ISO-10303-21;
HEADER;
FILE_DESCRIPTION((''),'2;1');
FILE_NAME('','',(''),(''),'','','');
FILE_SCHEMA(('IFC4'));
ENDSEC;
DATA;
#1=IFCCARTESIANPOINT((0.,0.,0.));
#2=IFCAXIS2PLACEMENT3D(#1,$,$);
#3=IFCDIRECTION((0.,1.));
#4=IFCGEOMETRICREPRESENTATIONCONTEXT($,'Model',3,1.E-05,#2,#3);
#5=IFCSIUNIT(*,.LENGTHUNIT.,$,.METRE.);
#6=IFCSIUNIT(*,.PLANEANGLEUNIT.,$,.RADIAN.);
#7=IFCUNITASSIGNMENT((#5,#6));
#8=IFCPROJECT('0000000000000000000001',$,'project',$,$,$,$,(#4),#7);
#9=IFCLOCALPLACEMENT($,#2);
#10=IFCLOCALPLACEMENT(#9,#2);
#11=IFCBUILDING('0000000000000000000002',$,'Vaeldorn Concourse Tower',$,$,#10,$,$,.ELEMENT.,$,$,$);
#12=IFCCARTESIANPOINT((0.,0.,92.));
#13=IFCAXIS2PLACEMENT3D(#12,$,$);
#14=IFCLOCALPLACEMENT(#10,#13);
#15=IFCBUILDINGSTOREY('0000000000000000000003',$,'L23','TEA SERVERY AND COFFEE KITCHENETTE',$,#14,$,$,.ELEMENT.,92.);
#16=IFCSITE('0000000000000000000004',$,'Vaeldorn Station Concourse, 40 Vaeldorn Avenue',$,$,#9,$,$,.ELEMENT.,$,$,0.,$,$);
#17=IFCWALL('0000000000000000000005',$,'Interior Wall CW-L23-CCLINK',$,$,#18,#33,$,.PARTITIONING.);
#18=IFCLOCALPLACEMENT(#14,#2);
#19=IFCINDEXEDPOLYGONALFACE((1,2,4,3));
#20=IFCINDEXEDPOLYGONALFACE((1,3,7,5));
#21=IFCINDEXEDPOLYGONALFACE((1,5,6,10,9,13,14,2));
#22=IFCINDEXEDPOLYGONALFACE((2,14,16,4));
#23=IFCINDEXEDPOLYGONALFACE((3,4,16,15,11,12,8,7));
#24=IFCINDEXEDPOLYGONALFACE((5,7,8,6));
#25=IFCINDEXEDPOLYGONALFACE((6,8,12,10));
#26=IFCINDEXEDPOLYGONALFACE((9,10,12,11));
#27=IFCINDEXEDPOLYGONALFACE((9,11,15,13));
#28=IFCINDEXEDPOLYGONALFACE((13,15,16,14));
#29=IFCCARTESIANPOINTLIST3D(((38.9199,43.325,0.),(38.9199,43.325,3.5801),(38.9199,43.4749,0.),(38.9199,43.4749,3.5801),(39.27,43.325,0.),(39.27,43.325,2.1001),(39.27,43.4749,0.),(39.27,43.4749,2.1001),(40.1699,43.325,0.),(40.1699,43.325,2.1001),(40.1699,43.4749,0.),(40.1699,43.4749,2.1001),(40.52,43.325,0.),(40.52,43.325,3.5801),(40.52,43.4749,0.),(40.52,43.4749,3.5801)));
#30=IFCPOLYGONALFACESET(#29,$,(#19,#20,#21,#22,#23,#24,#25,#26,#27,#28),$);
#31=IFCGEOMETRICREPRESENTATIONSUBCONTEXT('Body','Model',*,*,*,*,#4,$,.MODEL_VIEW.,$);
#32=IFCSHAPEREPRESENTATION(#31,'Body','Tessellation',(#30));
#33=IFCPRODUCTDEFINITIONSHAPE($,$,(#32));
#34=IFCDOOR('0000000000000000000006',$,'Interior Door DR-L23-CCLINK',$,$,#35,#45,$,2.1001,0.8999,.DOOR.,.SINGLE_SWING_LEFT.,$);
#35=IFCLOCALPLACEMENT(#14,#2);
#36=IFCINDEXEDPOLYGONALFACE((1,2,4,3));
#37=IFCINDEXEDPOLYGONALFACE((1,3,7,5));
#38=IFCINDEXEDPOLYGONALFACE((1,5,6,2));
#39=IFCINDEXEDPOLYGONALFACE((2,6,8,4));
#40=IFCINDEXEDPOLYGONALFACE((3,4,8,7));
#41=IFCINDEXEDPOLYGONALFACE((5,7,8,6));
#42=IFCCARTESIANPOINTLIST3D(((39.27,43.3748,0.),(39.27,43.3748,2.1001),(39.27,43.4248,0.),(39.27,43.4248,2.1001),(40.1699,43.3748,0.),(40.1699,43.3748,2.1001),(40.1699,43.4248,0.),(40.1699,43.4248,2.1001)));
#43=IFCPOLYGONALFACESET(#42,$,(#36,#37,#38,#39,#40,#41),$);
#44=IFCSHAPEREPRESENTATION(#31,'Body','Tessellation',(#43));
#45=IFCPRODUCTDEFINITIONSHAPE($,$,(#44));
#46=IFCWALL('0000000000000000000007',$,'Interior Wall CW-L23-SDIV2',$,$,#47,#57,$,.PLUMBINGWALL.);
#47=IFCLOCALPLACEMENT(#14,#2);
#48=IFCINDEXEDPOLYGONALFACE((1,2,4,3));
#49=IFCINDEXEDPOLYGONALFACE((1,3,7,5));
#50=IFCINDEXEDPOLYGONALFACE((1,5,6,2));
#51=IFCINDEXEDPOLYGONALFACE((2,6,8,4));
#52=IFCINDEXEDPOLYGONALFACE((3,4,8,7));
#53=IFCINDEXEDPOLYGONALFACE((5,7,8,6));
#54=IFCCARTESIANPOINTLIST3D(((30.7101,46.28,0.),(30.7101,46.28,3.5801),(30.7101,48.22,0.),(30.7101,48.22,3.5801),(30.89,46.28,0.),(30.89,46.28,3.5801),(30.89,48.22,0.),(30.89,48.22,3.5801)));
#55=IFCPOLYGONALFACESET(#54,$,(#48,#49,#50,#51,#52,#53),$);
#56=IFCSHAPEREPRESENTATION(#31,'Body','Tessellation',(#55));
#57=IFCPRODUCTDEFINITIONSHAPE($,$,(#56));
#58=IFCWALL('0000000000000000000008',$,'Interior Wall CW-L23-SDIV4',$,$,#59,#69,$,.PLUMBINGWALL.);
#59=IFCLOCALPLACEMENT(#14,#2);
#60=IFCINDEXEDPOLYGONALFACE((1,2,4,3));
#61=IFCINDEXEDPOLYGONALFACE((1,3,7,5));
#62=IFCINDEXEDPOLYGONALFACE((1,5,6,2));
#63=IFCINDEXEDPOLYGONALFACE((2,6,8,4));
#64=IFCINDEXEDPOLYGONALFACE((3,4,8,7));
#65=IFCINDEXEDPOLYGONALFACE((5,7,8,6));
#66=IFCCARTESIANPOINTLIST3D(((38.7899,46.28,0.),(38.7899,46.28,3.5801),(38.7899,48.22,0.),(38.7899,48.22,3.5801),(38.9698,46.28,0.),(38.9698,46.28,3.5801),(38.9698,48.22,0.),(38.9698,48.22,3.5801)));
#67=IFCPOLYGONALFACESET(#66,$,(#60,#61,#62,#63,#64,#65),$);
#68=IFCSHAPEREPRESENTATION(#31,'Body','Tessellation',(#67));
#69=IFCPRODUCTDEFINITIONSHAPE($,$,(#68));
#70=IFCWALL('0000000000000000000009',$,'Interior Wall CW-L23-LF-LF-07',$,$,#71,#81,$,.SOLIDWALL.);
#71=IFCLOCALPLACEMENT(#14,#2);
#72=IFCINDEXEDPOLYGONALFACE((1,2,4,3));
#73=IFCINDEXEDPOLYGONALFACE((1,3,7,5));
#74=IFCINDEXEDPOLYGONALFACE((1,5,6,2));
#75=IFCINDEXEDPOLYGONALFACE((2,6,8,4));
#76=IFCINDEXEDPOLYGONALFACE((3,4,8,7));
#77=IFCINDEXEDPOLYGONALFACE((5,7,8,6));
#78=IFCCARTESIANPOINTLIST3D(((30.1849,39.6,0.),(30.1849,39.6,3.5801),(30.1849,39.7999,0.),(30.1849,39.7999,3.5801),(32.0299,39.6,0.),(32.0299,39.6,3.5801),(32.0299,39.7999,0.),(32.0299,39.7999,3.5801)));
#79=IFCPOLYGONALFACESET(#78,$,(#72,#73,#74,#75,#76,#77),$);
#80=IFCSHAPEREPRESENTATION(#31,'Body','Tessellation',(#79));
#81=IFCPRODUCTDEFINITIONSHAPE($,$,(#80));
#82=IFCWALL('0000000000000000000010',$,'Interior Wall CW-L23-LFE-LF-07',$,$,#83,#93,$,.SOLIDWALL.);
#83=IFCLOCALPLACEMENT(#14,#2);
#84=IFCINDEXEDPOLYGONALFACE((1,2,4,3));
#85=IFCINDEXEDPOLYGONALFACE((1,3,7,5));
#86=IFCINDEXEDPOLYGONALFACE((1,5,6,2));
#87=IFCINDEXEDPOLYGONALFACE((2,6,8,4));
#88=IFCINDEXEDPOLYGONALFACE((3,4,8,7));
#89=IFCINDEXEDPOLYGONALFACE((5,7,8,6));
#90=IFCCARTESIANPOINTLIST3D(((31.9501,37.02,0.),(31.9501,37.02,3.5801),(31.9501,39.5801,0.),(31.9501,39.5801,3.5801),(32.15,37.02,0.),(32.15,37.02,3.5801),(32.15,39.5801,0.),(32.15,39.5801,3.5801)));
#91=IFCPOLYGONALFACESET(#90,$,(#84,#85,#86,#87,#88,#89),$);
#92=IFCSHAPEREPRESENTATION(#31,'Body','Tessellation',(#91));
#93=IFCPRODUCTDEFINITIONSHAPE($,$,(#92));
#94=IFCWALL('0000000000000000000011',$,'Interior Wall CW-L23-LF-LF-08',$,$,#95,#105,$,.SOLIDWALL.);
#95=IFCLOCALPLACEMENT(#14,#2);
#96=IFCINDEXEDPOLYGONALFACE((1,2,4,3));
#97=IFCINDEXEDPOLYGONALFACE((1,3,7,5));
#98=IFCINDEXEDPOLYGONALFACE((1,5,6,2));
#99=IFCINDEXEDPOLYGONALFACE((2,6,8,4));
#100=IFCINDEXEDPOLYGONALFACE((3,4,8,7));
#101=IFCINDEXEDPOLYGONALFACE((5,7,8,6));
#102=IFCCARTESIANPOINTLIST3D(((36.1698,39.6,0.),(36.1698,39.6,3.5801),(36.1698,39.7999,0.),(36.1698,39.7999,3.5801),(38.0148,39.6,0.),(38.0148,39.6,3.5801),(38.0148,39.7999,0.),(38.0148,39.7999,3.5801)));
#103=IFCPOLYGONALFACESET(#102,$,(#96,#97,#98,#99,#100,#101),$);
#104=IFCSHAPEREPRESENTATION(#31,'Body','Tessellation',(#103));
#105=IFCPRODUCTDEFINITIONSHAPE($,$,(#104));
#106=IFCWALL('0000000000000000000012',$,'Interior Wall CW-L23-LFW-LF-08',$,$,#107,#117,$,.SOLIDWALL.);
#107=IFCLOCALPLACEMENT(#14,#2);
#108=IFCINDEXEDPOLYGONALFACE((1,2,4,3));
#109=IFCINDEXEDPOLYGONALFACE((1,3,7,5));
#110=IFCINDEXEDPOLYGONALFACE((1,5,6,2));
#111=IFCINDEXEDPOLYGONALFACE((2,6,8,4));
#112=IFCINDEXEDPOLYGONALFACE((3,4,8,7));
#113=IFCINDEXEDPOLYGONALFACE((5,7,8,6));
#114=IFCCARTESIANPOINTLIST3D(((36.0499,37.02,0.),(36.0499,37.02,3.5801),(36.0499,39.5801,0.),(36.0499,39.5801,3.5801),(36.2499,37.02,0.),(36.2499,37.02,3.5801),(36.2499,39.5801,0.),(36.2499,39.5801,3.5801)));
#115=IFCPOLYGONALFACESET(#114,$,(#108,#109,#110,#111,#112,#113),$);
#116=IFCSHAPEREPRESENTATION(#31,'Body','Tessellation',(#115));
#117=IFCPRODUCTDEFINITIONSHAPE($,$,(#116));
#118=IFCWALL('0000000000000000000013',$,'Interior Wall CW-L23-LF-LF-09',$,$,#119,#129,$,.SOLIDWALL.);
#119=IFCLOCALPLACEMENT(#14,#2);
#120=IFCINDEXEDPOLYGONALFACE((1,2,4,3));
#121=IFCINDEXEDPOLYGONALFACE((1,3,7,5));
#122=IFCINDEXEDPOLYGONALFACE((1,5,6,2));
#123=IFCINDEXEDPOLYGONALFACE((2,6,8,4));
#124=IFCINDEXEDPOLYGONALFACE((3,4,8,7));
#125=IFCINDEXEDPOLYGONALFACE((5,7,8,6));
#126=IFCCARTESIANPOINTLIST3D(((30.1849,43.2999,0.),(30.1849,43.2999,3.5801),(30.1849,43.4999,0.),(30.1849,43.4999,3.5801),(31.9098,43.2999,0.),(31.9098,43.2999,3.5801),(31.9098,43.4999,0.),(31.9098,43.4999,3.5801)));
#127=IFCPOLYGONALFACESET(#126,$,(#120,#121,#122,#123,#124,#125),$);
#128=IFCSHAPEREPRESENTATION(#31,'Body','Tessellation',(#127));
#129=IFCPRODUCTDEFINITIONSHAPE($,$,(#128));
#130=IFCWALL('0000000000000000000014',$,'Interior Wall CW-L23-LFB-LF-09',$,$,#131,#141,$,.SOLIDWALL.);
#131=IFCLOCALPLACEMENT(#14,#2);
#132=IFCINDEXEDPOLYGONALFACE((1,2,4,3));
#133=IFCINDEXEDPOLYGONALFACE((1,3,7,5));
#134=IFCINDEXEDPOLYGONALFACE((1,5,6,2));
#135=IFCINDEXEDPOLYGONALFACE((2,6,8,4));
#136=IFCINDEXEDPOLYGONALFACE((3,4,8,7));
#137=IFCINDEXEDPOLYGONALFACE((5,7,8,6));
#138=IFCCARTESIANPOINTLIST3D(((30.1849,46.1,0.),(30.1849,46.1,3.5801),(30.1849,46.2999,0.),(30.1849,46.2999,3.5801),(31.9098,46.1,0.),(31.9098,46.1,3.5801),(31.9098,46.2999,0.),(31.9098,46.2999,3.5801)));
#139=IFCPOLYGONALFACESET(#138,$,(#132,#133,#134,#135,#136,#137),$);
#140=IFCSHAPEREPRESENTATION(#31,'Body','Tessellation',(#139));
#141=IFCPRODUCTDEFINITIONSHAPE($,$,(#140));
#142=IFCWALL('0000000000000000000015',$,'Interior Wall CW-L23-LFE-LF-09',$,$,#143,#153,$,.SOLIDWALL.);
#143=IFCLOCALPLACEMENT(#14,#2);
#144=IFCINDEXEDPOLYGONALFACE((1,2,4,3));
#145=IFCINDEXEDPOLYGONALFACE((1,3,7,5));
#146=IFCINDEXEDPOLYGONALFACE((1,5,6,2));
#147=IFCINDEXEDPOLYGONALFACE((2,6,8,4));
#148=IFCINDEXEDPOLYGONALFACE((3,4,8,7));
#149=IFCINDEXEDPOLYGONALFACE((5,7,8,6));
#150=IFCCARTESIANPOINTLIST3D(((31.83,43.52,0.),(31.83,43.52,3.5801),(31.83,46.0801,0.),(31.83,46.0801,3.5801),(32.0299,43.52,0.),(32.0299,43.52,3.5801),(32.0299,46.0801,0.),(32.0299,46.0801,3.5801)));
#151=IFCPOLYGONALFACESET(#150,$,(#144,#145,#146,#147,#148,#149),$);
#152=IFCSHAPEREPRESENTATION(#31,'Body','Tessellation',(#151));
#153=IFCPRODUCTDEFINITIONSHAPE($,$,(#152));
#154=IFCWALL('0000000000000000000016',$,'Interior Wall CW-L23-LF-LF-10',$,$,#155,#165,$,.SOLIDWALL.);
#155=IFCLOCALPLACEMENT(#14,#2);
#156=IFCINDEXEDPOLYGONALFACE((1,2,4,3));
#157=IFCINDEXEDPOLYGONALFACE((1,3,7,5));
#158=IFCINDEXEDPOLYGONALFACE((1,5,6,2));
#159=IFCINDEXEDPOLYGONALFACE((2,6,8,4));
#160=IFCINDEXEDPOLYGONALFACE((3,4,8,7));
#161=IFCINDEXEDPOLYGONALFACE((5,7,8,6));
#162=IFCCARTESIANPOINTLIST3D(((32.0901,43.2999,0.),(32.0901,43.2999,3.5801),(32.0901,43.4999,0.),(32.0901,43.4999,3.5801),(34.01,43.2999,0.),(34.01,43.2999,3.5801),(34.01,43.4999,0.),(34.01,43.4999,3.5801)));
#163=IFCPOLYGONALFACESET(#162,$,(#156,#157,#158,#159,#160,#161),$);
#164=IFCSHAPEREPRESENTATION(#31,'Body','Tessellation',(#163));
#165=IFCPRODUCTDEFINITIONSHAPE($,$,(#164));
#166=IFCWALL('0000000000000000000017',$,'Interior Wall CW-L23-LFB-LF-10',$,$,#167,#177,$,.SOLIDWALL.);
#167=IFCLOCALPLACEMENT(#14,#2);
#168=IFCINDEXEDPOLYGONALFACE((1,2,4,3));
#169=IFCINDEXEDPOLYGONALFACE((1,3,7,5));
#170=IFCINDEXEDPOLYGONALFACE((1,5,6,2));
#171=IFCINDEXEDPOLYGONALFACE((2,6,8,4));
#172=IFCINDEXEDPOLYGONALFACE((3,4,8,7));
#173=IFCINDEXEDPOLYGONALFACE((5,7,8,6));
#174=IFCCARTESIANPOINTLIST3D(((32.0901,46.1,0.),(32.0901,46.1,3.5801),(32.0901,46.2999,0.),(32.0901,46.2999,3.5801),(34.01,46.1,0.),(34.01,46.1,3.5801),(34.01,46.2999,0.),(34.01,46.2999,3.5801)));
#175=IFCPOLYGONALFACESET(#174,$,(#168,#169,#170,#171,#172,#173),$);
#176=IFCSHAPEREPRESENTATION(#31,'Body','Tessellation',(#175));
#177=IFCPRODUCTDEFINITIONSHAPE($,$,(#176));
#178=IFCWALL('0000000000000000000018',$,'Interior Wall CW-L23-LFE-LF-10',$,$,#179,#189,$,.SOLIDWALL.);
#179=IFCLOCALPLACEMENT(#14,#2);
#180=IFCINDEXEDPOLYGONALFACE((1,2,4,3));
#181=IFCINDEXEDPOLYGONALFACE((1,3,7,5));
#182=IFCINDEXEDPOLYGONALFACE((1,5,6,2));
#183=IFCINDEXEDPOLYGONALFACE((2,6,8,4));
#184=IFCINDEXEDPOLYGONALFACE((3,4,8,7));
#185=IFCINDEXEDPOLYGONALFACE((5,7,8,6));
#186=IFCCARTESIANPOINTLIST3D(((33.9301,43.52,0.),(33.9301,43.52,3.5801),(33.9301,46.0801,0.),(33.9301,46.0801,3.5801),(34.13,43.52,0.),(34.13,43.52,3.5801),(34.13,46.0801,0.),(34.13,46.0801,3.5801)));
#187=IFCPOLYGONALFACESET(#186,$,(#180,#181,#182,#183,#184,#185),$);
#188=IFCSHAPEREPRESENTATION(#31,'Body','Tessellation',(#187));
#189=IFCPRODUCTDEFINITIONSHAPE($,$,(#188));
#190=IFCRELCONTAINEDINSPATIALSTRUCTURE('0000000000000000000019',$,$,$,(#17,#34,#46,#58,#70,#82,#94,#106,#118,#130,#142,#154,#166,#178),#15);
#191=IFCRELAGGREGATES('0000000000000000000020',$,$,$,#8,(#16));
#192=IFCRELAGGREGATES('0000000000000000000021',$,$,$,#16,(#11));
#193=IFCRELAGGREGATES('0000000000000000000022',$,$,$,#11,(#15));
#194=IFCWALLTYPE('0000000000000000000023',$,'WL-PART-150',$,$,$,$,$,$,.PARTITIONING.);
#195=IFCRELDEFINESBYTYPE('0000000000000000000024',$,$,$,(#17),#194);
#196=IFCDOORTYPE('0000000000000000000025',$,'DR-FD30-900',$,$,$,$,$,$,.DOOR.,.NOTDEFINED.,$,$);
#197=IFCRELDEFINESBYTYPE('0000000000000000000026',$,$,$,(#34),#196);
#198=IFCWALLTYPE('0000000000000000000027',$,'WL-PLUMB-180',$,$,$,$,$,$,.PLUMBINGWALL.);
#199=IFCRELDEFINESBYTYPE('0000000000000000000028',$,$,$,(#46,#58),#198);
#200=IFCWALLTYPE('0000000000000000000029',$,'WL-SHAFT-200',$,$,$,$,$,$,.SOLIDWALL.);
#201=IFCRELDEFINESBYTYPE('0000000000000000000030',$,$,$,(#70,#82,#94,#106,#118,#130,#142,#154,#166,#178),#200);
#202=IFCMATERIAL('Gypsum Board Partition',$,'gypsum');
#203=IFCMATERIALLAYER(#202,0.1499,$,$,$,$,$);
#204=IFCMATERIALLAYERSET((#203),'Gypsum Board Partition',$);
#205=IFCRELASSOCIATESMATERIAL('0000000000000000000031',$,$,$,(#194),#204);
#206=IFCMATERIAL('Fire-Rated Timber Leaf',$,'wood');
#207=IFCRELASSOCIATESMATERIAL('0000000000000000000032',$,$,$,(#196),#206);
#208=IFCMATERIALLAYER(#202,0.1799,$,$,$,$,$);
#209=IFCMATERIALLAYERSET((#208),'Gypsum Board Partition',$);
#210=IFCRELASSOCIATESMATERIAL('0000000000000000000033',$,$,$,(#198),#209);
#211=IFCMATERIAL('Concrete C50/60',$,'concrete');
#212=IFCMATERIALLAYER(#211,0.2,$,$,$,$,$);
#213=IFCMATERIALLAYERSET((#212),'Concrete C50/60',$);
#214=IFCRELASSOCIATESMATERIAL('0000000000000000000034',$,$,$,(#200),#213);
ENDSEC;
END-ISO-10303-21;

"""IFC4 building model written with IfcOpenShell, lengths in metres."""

from ifc_helpers import new_model, si_unit, direction, frame, frame_2d, origin, place, context, subcontext, project, spatial, rectangle, extrude, source, transform, mapped, material, layer, layer_set, type_object, element, fill, save


model = new_model("IFC4")

# Units and contexts
model_context = context("Model", 3, precision=1e-05, world=origin(), true_north=direction((0.0, 1.0)))
body_context = subcontext(model_context, "Body", "Model", "MODEL_VIEW")
ifc_project = project(units=[si_unit("LENGTHUNIT", "METRE"), si_unit("PLANEANGLEUNIT", "RADIAN")], contexts=[model_context])

# Site, building, storey
site_placement = place(None, origin())
site = spatial("IfcSite", under=ifc_project, at=site_placement, Name="Vaeldorn Station Concourse, 40 Vaeldorn Avenue", CompositionType="ELEMENT", RefElevation=0.0)
building_placement = place(site_placement, origin())
building = spatial("IfcBuilding", under=site, at=building_placement, Name="Vaeldorn Concourse Tower", CompositionType="ELEMENT")
storey_placement = place(building_placement, frame((0.0, 0.0, 92.0)))
storey = spatial("IfcBuildingStorey", under=building, at=storey_placement, Name="L23", Description="TEA SERVERY AND COFFEE KITCHENETTE", CompositionType="ELEMENT", Elevation=92.0)

# Wall, opening, door
ifc_material_1 = material(Name="Gypsum Board Partition", Category="gypsum")
ifc_layer_1 = layer(ifc_material_1, 0.1499)
ifc_layer_set_1 = layer_set([ifc_layer_1], Name="Gypsum Board Partition")
wall_type_1 = type_object("IfcWallType", Name="WL-PART-150", PredefinedType="PARTITIONING", material=ifc_layer_set_1)
wall_1_placement = place(storey_placement, frame((38.9199, 43.3999, 0.0), z_axis=(0.0, 0.0, 1.0), x_axis=(1.0, 0.0, 0.0)))
wall_1 = element("IfcWall", 1, at=wall_1_placement, inside=storey, type_object=wall_type_1, Name="Interior Wall CW-L23-CCLINK", PredefinedType="PARTITIONING", context=body_context, shape_type="SweptSolid", body=[
    extrude(rectangle(XDim=1.6001, YDim=0.1499, at=frame_2d((0.8, 0.0))), origin(), (0.0, 0.0, 1.0), 3.5801),
])
opening_placement = place(wall_1_placement, frame((0.3501, 0.0, 0.0)))
opening = element("IfcOpeningElement", 2, at=opening_placement, cuts=wall_1, PredefinedType="OPENING", context=body_context, shape_type="SweptSolid", body=[
    extrude(rectangle(XDim=0.8999, YDim=2.1001, at=frame_2d((0.45, 1.05))), frame((0.0, 0.085, 0.0), z_axis=(0.0, -1.0, 0.0), x_axis=(1.0, 0.0, 0.0)), (0.0, 0.0, 1.0), 0.1699),
])
ifc_material_2 = material(Name="Fire-Rated Timber Leaf", Category="wood")
door_type = type_object("IfcDoorType", Name="DR-FD30-900", OperationType="NOTDEFINED", PredefinedType="DOOR", material=ifc_material_2)
shared_shape_1 = source(origin(), body_context, "Body", "SweptSolid", [
    extrude(rectangle(XDim=0.8999, YDim=2.1001, at=frame_2d((0.45, 1.05))), frame((0.0, 0.0249, 0.0), z_axis=(0.0, -1.0, 0.0), x_axis=(1.0, 0.0, 0.0)), (0.0, 0.0, 1.0), 0.05),
])
door_placement = place(opening_placement, origin())
door = element("IfcDoor", 3, at=door_placement, inside=storey, type_object=door_type, Name="Interior Door DR-L23-CCLINK", OperationType="SINGLE_SWING_LEFT", OverallHeight=2.1001, OverallWidth=0.8999, PredefinedType="DOOR", context=body_context, shape_type="MappedRepresentation", body=[
    mapped(shared_shape_1, transform((0.0, 0.0, 0.0), scale=1.0)),
])
fill(opening, door)

# Walls
ifc_layer_2 = layer(ifc_material_1, 0.1799)
ifc_layer_set_2 = layer_set([ifc_layer_2], Name="Gypsum Board Partition")
wall_type_2 = type_object("IfcWallType", Name="WL-PLUMB-180", PredefinedType="PLUMBINGWALL", material=ifc_layer_set_2)
for number, where, z_axis, x_axis, name in (
    (4, (30.8, 46.28, 0.0), (0.0, 0.0, 1.0), (0.0, 1.0, 0.0), "Interior Wall CW-L23-SDIV2"),
    (5, (38.8799, 46.28, 0.0), (0.0, 0.0, 1.0), (0.0, 1.0, 0.0), "Interior Wall CW-L23-SDIV4"),
):
    element("IfcWall", number, at=place(storey_placement, frame(where, z_axis=z_axis, x_axis=x_axis)), inside=storey, type_object=wall_type_2, Name=name, PredefinedType="PLUMBINGWALL", context=body_context, shape_type="SweptSolid", body=[
        extrude(rectangle(XDim=1.9399, YDim=0.1799, at=frame_2d((0.97, 0.0))), origin(), (0.0, 0.0, 1.0), 3.5801),
    ])
ifc_material_3 = material(Name="Concrete C50/60", Category="concrete")
ifc_layer_3 = layer(ifc_material_3, 0.2)
ifc_layer_set_3 = layer_set([ifc_layer_3], Name="Concrete C50/60")
wall_type_3 = type_object("IfcWallType", Name="WL-SHAFT-200", PredefinedType="SOLIDWALL", material=ifc_layer_set_3)
wall_2_placement = place(storey_placement, frame((30.1851, 39.7, 0.0), z_axis=(0.0, 0.0, 1.0), x_axis=(1.0, 0.0, 0.0)))
element("IfcWall", 6, at=wall_2_placement, inside=storey, type_object=wall_type_3, Name="Interior Wall CW-L23-LF-LF-07", PredefinedType="SOLIDWALL", context=body_context, shape_type="SweptSolid", body=[
    extrude(rectangle(XDim=1.845, YDim=0.2, at=frame_2d((0.9224, 0.0))), origin(), (0.0, 0.0, 1.0), 3.5801),
])
wall_3_placement = place(storey_placement, frame((32.05, 37.02, 0.0), z_axis=(0.0, 0.0, 1.0), x_axis=(0.0, 1.0, 0.0)))
element("IfcWall", 7, at=wall_3_placement, inside=storey, type_object=wall_type_3, Name="Interior Wall CW-L23-LFE-LF-07", PredefinedType="SOLIDWALL", context=body_context, shape_type="SweptSolid", body=[
    extrude(rectangle(XDim=2.5601, YDim=0.2, at=frame_2d((1.28, 0.0))), origin(), (0.0, 0.0, 1.0), 3.5801),
])
wall_4_placement = place(storey_placement, frame((36.1699, 39.7, 0.0), z_axis=(0.0, 0.0, 1.0), x_axis=(1.0, 0.0, 0.0)))
element("IfcWall", 8, at=wall_4_placement, inside=storey, type_object=wall_type_3, Name="Interior Wall CW-L23-LF-LF-08", PredefinedType="SOLIDWALL", context=body_context, shape_type="SweptSolid", body=[
    extrude(rectangle(XDim=1.845, YDim=0.2, at=frame_2d((0.9224, 0.0))), origin(), (0.0, 0.0, 1.0), 3.5801),
])
wall_5_placement = place(storey_placement, frame((36.1499, 37.02, 0.0), z_axis=(0.0, 0.0, 1.0), x_axis=(0.0, 1.0, 0.0)))
element("IfcWall", 9, at=wall_5_placement, inside=storey, type_object=wall_type_3, Name="Interior Wall CW-L23-LFW-LF-08", PredefinedType="SOLIDWALL", context=body_context, shape_type="SweptSolid", body=[
    extrude(rectangle(XDim=2.5601, YDim=0.2, at=frame_2d((1.28, 0.0))), origin(), (0.0, 0.0, 1.0), 3.5801),
])
for number, where, z_axis, x_axis, name in (
    (10, (30.1851, 43.3999, 0.0), (0.0, 0.0, 1.0), (1.0, 0.0, 0.0), "Interior Wall CW-L23-LF-LF-09"),
    (11, (30.1851, 46.2, 0.0), (0.0, 0.0, 1.0), (1.0, 0.0, 0.0), "Interior Wall CW-L23-LFB-LF-09"),
):
    element("IfcWall", number, at=place(storey_placement, frame(where, z_axis=z_axis, x_axis=x_axis)), inside=storey, type_object=wall_type_3, Name=name, PredefinedType="SOLIDWALL", context=body_context, shape_type="SweptSolid", body=[
        extrude(rectangle(XDim=1.7249, YDim=0.2, at=frame_2d((0.8623, 0.0))), origin(), (0.0, 0.0, 1.0), 3.5801),
    ])
wall_6_placement = place(storey_placement, frame((31.9299, 43.52, 0.0), z_axis=(0.0, 0.0, 1.0), x_axis=(0.0, 1.0, 0.0)))
element("IfcWall", 12, at=wall_6_placement, inside=storey, type_object=wall_type_3, Name="Interior Wall CW-L23-LFE-LF-09", PredefinedType="SOLIDWALL", context=body_context, shape_type="SweptSolid", body=[
    extrude(rectangle(XDim=2.5601, YDim=0.2, at=frame_2d((1.28, 0.0))), origin(), (0.0, 0.0, 1.0), 3.5801),
])
for number, where, z_axis, x_axis, name in (
    (13, (32.0901, 43.3999, 0.0), (0.0, 0.0, 1.0), (1.0, 0.0, 0.0), "Interior Wall CW-L23-LF-LF-10"),
    (14, (32.0901, 46.2, 0.0), (0.0, 0.0, 1.0), (1.0, 0.0, 0.0), "Interior Wall CW-L23-LFB-LF-10"),
):
    element("IfcWall", number, at=place(storey_placement, frame(where, z_axis=z_axis, x_axis=x_axis)), inside=storey, type_object=wall_type_3, Name=name, PredefinedType="SOLIDWALL", context=body_context, shape_type="SweptSolid", body=[
        extrude(rectangle(XDim=1.9199, YDim=0.2, at=frame_2d((0.96, 0.0))), origin(), (0.0, 0.0, 1.0), 3.5801),
    ])
wall_7_placement = place(storey_placement, frame((34.03, 43.52, 0.0), z_axis=(0.0, 0.0, 1.0), x_axis=(0.0, 1.0, 0.0)))
element("IfcWall", 15, at=wall_7_placement, inside=storey, type_object=wall_type_3, Name="Interior Wall CW-L23-LFE-LF-10", PredefinedType="SOLIDWALL", context=body_context, shape_type="SweptSolid", body=[
    extrude(rectangle(XDim=2.5601, YDim=0.2, at=frame_2d((1.28, 0.0))), origin(), (0.0, 0.0, 1.0), 3.5801),
])

save(model, "model.ifc")
